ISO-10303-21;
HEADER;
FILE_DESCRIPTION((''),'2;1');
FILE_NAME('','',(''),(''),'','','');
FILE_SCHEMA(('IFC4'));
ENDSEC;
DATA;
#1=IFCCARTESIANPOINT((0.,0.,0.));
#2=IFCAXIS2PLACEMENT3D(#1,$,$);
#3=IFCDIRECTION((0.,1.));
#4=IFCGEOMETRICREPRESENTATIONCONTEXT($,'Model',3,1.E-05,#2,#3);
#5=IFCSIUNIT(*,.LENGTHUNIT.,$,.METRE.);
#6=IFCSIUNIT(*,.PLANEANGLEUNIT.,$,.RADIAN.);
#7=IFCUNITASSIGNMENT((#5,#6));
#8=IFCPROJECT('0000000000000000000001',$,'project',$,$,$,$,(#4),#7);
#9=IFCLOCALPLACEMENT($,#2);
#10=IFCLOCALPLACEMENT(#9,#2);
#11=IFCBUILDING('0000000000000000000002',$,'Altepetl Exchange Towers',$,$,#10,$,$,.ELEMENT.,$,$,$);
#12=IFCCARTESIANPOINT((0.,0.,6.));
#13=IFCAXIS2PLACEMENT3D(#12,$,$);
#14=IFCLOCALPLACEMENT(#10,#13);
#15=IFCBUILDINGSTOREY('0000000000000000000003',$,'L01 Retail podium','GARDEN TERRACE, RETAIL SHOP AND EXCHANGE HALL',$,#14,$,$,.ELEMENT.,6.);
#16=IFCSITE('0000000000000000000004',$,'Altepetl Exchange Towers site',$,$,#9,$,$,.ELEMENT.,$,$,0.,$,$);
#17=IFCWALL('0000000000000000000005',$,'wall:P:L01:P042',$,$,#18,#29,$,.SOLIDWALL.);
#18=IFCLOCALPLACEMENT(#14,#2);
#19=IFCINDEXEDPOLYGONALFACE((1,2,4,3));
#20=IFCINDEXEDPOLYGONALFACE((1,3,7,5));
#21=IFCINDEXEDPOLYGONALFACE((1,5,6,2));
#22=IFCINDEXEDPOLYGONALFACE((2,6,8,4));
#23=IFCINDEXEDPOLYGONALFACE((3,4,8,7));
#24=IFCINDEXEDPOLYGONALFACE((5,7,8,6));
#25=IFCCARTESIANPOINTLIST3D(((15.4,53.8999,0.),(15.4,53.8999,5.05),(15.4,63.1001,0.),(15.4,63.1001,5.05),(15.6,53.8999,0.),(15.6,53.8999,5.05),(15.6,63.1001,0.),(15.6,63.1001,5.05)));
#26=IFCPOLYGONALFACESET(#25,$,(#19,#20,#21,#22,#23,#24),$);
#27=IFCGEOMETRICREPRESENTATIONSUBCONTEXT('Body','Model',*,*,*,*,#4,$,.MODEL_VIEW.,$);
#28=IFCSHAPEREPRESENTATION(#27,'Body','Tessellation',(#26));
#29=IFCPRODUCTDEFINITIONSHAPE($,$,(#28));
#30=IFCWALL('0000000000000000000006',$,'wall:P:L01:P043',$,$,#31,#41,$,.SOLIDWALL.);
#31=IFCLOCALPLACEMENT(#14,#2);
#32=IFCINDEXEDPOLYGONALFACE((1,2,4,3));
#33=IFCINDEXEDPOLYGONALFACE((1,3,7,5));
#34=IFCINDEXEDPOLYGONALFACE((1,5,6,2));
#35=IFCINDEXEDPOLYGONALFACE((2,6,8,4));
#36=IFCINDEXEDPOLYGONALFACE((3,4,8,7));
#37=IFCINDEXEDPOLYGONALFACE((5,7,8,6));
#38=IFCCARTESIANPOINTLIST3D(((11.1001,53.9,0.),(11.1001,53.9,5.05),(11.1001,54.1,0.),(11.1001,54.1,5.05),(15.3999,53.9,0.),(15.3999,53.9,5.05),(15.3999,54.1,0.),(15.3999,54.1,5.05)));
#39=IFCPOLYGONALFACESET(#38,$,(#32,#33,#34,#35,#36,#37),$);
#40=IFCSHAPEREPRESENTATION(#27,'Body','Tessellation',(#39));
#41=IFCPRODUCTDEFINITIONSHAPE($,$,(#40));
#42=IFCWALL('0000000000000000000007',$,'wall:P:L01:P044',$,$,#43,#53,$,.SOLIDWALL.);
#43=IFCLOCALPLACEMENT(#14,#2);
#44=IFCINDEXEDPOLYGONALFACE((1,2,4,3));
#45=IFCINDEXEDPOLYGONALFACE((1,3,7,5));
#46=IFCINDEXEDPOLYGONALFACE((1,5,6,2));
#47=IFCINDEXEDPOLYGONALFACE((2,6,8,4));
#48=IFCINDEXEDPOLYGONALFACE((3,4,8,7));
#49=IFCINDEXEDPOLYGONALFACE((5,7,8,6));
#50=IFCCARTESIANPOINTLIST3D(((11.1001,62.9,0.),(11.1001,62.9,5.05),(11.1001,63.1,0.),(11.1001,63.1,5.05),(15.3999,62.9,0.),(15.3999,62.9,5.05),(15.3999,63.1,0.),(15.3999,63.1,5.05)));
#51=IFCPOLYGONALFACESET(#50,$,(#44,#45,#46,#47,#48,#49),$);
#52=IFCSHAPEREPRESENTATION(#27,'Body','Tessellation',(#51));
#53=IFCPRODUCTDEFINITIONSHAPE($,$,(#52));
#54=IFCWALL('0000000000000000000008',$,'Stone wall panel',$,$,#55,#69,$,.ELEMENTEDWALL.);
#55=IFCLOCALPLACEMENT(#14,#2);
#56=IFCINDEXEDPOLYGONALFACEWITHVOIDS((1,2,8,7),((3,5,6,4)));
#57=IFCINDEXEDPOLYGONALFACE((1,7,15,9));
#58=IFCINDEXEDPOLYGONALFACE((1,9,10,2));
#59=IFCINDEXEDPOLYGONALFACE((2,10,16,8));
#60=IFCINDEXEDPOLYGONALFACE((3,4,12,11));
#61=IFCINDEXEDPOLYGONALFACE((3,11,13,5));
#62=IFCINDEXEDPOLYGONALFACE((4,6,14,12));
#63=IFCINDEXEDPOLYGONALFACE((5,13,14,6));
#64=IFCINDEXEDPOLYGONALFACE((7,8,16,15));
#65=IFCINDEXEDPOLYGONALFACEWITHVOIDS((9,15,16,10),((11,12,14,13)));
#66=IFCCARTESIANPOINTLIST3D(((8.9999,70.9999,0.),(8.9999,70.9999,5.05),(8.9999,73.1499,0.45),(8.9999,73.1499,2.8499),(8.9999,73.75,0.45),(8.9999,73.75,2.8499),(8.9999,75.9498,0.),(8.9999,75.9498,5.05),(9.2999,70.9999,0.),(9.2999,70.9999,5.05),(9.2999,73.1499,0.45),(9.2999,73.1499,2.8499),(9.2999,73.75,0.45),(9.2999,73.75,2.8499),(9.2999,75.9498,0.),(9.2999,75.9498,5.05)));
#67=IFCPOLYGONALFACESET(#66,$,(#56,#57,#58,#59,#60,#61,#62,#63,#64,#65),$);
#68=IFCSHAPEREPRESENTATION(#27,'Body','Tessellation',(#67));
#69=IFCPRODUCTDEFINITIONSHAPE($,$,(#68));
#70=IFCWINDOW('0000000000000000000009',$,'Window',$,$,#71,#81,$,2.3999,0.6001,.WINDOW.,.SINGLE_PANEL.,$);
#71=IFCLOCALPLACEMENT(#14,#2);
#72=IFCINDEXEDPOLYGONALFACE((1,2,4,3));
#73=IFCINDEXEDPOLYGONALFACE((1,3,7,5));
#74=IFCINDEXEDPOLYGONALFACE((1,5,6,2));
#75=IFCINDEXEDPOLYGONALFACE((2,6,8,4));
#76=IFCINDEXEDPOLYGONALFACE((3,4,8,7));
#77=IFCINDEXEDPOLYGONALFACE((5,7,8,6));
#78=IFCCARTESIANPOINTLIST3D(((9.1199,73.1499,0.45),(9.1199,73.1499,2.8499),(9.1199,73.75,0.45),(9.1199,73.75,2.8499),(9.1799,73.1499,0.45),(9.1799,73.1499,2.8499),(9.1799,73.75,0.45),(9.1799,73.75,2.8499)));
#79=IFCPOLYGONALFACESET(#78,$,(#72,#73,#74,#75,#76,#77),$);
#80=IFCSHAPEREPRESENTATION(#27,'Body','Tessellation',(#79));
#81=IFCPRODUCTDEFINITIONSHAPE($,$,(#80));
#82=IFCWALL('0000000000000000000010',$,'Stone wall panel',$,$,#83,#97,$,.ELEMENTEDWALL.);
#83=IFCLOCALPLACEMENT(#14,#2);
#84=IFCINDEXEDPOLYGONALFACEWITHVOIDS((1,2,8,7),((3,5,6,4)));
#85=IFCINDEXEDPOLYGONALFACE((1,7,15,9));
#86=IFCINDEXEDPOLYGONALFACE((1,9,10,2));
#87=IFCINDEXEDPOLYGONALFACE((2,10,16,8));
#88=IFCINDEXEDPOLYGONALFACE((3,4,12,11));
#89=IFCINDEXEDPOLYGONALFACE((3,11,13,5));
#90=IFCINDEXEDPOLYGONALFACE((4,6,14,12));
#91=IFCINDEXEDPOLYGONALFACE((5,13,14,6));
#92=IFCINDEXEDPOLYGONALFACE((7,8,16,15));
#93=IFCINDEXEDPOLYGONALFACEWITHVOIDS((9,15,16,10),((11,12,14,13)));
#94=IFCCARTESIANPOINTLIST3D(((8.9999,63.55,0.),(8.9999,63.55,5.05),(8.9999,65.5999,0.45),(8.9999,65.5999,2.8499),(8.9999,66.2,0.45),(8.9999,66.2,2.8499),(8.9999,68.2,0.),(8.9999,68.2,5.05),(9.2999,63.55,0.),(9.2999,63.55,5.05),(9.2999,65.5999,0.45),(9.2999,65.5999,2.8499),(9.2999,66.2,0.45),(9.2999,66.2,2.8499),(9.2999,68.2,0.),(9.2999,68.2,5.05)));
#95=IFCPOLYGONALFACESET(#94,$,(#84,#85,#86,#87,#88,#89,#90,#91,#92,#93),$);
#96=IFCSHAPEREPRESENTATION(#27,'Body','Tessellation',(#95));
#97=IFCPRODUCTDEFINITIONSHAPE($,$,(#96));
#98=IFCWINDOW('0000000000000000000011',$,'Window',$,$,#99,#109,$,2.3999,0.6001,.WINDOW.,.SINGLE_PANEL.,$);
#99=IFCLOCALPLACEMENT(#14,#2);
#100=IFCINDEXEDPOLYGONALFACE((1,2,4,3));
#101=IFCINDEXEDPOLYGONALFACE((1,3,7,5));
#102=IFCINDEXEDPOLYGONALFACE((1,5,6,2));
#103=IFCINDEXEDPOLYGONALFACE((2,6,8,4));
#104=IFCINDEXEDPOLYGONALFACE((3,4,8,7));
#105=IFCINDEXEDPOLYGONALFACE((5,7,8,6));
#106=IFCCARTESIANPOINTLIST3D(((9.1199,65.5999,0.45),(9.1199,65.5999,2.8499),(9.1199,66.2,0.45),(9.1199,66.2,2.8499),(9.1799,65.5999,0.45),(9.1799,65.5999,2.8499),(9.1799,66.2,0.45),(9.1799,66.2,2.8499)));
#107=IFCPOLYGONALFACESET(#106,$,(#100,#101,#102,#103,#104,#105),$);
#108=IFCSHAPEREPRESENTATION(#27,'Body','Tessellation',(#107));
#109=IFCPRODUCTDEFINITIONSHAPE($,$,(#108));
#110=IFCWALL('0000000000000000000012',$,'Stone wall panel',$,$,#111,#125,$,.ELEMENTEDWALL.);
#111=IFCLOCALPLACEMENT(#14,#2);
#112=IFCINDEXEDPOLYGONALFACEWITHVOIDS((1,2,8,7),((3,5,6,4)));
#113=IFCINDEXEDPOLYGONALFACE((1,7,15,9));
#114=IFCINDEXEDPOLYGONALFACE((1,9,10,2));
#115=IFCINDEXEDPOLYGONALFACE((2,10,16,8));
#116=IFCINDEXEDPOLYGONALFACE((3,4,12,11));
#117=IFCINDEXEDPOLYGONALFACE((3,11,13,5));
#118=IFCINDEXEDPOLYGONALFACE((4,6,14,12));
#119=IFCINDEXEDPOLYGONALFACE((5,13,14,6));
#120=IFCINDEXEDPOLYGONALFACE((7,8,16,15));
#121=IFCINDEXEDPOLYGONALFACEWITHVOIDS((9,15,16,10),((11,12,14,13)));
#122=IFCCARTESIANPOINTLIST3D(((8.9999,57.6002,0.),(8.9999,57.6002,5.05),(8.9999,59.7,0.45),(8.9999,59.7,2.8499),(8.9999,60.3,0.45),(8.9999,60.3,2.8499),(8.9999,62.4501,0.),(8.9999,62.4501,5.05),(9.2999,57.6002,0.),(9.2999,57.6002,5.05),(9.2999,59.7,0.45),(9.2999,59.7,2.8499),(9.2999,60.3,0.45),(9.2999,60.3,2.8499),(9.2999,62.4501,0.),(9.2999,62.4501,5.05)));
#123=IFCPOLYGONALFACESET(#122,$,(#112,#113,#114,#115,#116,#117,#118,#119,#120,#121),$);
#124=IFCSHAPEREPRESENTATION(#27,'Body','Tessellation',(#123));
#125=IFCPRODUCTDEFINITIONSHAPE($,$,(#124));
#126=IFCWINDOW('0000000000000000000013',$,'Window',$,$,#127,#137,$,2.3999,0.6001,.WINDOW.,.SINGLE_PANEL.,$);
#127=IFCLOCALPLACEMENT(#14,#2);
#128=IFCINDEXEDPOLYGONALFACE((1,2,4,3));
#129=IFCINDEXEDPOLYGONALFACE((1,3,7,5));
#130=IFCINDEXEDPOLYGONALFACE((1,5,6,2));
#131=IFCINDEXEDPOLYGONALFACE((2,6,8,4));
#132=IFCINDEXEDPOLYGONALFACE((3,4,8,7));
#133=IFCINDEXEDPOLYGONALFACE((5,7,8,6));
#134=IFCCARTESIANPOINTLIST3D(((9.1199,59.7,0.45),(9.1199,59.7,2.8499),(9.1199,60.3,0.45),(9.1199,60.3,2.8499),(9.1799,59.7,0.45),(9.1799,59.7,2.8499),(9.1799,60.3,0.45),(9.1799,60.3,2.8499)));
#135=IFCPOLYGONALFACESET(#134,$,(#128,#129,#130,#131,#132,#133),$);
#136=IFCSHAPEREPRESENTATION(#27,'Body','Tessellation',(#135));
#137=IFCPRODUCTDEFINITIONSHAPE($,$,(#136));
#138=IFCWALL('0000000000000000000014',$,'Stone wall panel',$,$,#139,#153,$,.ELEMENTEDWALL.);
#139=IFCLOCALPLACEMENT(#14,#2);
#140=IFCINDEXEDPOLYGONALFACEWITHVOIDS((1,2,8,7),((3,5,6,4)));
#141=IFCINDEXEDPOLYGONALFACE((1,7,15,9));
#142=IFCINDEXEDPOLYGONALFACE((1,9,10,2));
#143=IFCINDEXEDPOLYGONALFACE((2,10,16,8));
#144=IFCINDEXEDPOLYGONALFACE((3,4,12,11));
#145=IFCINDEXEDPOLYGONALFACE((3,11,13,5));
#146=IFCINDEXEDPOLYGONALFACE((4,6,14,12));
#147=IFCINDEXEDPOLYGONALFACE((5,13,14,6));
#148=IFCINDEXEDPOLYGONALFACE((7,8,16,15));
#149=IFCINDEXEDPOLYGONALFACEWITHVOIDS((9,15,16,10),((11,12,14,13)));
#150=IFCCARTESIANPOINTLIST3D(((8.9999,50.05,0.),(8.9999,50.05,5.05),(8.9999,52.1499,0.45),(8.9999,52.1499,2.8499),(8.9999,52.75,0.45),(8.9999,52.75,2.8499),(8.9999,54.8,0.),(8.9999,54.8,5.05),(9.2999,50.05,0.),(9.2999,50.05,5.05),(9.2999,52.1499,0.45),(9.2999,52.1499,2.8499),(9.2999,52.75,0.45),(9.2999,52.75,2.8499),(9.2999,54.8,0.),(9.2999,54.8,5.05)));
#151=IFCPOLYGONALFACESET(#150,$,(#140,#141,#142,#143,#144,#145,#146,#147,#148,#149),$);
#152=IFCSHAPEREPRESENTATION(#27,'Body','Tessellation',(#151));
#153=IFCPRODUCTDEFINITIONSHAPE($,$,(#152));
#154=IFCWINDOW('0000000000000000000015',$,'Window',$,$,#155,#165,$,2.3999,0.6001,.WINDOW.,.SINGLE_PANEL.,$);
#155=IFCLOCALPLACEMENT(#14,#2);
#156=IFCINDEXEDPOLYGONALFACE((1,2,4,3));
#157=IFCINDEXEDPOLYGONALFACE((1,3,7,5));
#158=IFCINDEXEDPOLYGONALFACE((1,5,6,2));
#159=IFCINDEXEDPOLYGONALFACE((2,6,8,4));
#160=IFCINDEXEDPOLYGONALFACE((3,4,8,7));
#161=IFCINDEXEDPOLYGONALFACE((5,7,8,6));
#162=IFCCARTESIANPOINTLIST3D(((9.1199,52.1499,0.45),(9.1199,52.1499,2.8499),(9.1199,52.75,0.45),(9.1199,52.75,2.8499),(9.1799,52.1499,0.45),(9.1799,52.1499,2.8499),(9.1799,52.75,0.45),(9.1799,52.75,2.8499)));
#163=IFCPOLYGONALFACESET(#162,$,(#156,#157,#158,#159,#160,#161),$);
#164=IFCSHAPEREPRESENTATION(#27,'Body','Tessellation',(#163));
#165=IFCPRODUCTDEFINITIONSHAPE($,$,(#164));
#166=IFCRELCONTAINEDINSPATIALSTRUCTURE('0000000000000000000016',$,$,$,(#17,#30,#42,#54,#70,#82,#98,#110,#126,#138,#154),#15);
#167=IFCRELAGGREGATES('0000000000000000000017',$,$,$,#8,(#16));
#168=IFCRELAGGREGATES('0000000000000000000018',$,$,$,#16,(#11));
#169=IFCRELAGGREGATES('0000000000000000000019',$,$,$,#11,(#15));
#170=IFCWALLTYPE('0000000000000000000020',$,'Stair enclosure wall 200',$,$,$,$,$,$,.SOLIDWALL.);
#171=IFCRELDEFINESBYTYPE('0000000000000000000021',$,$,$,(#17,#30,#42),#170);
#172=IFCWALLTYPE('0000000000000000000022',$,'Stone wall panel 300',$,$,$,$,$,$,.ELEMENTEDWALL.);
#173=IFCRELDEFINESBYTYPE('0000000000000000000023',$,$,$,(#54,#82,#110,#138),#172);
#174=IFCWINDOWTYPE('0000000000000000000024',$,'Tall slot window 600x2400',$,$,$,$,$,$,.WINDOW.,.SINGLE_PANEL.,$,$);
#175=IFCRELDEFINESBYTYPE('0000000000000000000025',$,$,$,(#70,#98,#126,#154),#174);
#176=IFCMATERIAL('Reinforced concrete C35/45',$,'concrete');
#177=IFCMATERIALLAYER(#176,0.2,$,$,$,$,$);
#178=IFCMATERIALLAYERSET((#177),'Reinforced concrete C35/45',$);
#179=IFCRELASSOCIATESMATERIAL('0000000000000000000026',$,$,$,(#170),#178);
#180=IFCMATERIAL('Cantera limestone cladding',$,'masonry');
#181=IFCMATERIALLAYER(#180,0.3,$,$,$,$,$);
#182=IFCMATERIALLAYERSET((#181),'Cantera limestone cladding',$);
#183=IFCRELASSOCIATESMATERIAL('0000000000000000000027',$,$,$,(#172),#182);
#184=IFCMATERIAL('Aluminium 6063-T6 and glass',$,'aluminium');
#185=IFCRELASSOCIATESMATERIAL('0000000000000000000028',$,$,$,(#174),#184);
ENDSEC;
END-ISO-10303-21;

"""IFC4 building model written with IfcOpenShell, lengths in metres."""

from ifc_helpers import new_model, si_unit, direction, frame, frame_2d, origin, place, context, subcontext, project, spatial, rectangle, extrude, material, layer, layer_set, type_object, element, fill, save


model = new_model("IFC4")

# Units and contexts
model_context = context("Model", 3, precision=1e-05, world=origin(), true_north=direction((0.0, 1.0)))
body_context = subcontext(model_context, "Body", "Model", "MODEL_VIEW")
ifc_project = project(units=[si_unit("LENGTHUNIT", "METRE"), si_unit("PLANEANGLEUNIT", "RADIAN")], contexts=[model_context])

# Site, building, storey
site_placement = place(None, origin())
site = spatial("IfcSite", under=ifc_project, at=site_placement, Name="Altepetl Exchange Towers site", CompositionType="ELEMENT", RefElevation=0.0)
building_placement = place(site_placement, origin())
building = spatial("IfcBuilding", under=site, at=building_placement, Name="Altepetl Exchange Towers", CompositionType="ELEMENT")
storey_placement = place(building_placement, frame((0.0, 0.0, 6.0)))
storey = spatial("IfcBuildingStorey", under=building, at=storey_placement, Name="L01 Retail podium", Description="GARDEN TERRACE, RETAIL SHOP AND EXCHANGE HALL", CompositionType="ELEMENT", Elevation=6.0)

# Shared definitions
ifc_material_1 = material(Name="Aluminium 6063-T6 and glass", Category="aluminium")

# Shared definitions
ifc_material_2 = material(Name="Reinforced concrete C35/45", Category="concrete")

# Shared definitions
ifc_layer_1 = layer(ifc_material_2, 0.2)
ifc_layer_set_1 = layer_set([ifc_layer_1], Name="Reinforced concrete C35/45")
wall_type_1 = type_object("IfcWallType", Name="Stair enclosure wall 200", PredefinedType="SOLIDWALL", material=ifc_layer_set_1)

# Walls
wall_1_placement = place(storey_placement, frame((15.5, 53.8999, 0.0), z_axis=(0.0, 0.0, 1.0), x_axis=(0.0, 1.0, 0.0)))
element("IfcWall", 1, at=wall_1_placement, inside=storey, type_object=wall_type_1, Name="wall:P:L01:P042", PredefinedType="SOLIDWALL", context=body_context, shape_type="SweptSolid", body=[
    extrude(rectangle(XDim=9.2002, YDim=0.2, at=frame_2d((4.6001, 0.0))), origin(), (0.0, 0.0, 1.0), 5.05),
])
for number, where, name in (
    (2, (11.1001, 54.0, 0.0), "wall:P:L01:P043"),
    (3, (11.1001, 63.0, 0.0), "wall:P:L01:P044"),
):
    element("IfcWall", number, at=place(storey_placement, frame(where)), inside=storey, type_object=wall_type_1, Name=name, PredefinedType="SOLIDWALL", context=body_context, shape_type="SweptSolid", body=[
        extrude(rectangle(XDim=4.2998, YDim=0.2, at=frame_2d((2.1499, 0.0))), origin(), (0.0, 0.0, 1.0), 5.05),
    ])

# Walls, openings, windows
ifc_material_3 = material(Name="Cantera limestone cladding", Category="masonry")
ifc_layer_2 = layer(ifc_material_3, 0.3)
ifc_layer_set_2 = layer_set([ifc_layer_2], Name="Cantera limestone cladding")
wall_type_2 = type_object("IfcWallType", Name="Stone wall panel 300", PredefinedType="ELEMENTEDWALL", material=ifc_layer_set_2)
wall_2_placement = place(storey_placement, frame((9.1499, 75.95, 0.0), z_axis=(0.0, 0.0, 1.0), x_axis=(0.0, -1.0, 0.0)))
wall_2 = element("IfcWall", 4, at=wall_2_placement, inside=storey, type_object=wall_type_2, Name="Stone wall panel", PredefinedType="ELEMENTEDWALL", context=body_context, shape_type="SweptSolid", body=[
    extrude(rectangle(XDim=4.95, YDim=0.3, at=frame_2d((2.4751, 0.0))), origin(), (0.0, 0.0, 1.0), 5.05),
])
opening_1_placement = place(wall_2_placement, frame((2.2, 0.0, 0.45)))
opening_1 = element("IfcOpeningElement", 5, at=opening_1_placement, cuts=wall_2, PredefinedType="OPENING", context=body_context, shape_type="SweptSolid", body=[
    extrude(rectangle(XDim=0.6001, YDim=2.3999, at=frame_2d((0.3, 1.2))), frame((0.0, 0.1602, 0.0), z_axis=(0.0, -1.0, 0.0), x_axis=(1.0, 0.0, 0.0)), (0.0, 0.0, 1.0), 0.3201),
])
window_type = type_object("IfcWindowType", Name="Tall slot window 600x2400", PartitioningType="SINGLE_PANEL", PredefinedType="WINDOW", material=ifc_material_1)
window_1_placement = place(opening_1_placement, origin())
window_1 = element("IfcWindow", 6, at=window_1_placement, inside=storey, type_object=window_type, Name="Window", OverallHeight=2.3999, OverallWidth=0.6001, PartitioningType="SINGLE_PANEL", PredefinedType="WINDOW", context=body_context, shape_type="SweptSolid", body=[
    extrude(rectangle(XDim=0.6001, YDim=2.3999, at=frame_2d((0.3, 1.2))), frame((0.0, 0.03, 0.0), z_axis=(0.0, -1.0, 0.0), x_axis=(1.0, 0.0, 0.0)), (0.0, 0.0, 1.0), 0.0601),
])
fill(opening_1, window_1)
wall_3_placement = place(storey_placement, frame((9.1499, 68.2, 0.0), z_axis=(0.0, 0.0, 1.0), x_axis=(0.0, -1.0, 0.0)))
wall_3 = element("IfcWall", 7, at=wall_3_placement, inside=storey, type_object=wall_type_2, Name="Stone wall panel", PredefinedType="ELEMENTEDWALL", context=body_context, shape_type="SweptSolid", body=[
    extrude(rectangle(XDim=4.6499, YDim=0.3, at=frame_2d((2.325, 0.0))), origin(), (0.0, 0.0, 1.0), 5.05),
])
opening_2_placement = place(wall_3_placement, frame((2.0, 0.0, 0.45)))
opening_2 = element("IfcOpeningElement", 8, at=opening_2_placement, cuts=wall_3, PredefinedType="OPENING", context=body_context, shape_type="SweptSolid", body=[
    extrude(rectangle(XDim=0.6001, YDim=2.3999, at=frame_2d((0.3, 1.2))), frame((0.0, 0.1602, 0.0), z_axis=(0.0, -1.0, 0.0), x_axis=(1.0, 0.0, 0.0)), (0.0, 0.0, 1.0), 0.3201),
])
window_2_placement = place(opening_2_placement, origin())
window_2 = element("IfcWindow", 9, at=window_2_placement, inside=storey, type_object=window_type, Name="Window", OverallHeight=2.3999, OverallWidth=0.6001, PartitioningType="SINGLE_PANEL", PredefinedType="WINDOW", context=body_context, shape_type="SweptSolid", body=[
    extrude(rectangle(XDim=0.6001, YDim=2.3999, at=frame_2d((0.3, 1.2))), frame((0.0, 0.03, 0.0), z_axis=(0.0, -1.0, 0.0), x_axis=(1.0, 0.0, 0.0)), (0.0, 0.0, 1.0), 0.0601),
])
fill(opening_2, window_2)
wall_4_placement = place(storey_placement, frame((9.1499, 62.45, 0.0), z_axis=(0.0, 0.0, 1.0), x_axis=(0.0, -1.0, 0.0)))
wall_4 = element("IfcWall", 10, at=wall_4_placement, inside=storey, type_object=wall_type_2, Name="Stone wall panel", PredefinedType="ELEMENTEDWALL", context=body_context, shape_type="SweptSolid", body=[
    extrude(rectangle(XDim=4.8499, YDim=0.3, at=frame_2d((2.4248, 0.0))), origin(), (0.0, 0.0, 1.0), 5.05),
])
opening_3_placement = place(wall_4_placement, frame((2.1499, 0.0, 0.45)))
opening_3 = element("IfcOpeningElement", 11, at=opening_3_placement, cuts=wall_4, PredefinedType="OPENING", context=body_context, shape_type="SweptSolid", body=[
    extrude(rectangle(XDim=0.6001, YDim=2.3999, at=frame_2d((0.3, 1.2))), frame((0.0, 0.1602, 0.0), z_axis=(0.0, -1.0, 0.0), x_axis=(1.0, 0.0, 0.0)), (0.0, 0.0, 1.0), 0.3201),
])
window_3_placement = place(opening_3_placement, origin())
window_3 = element("IfcWindow", 12, at=window_3_placement, inside=storey, type_object=window_type, Name="Window", OverallHeight=2.3999, OverallWidth=0.6001, PartitioningType="SINGLE_PANEL", PredefinedType="WINDOW", context=body_context, shape_type="SweptSolid", body=[
    extrude(rectangle(XDim=0.6001, YDim=2.3999, at=frame_2d((0.3, 1.2))), frame((0.0, 0.03, 0.0), z_axis=(0.0, -1.0, 0.0), x_axis=(1.0, 0.0, 0.0)), (0.0, 0.0, 1.0), 0.0601),
])
fill(opening_3, window_3)
wall_5_placement = place(storey_placement, frame((9.1499, 54.8, 0.0), z_axis=(0.0, 0.0, 1.0), x_axis=(0.0, -1.0, 0.0)))
wall_5 = element("IfcWall", 13, at=wall_5_placement, inside=storey, type_object=wall_type_2, Name="Stone wall panel", PredefinedType="ELEMENTEDWALL", context=body_context, shape_type="SweptSolid", body=[
    extrude(rectangle(XDim=4.75, YDim=0.3, at=frame_2d((2.375, 0.0))), origin(), (0.0, 0.0, 1.0), 5.05),
])
opening_4_placement = place(wall_5_placement, frame((2.05, 0.0, 0.45)))
opening_4 = element("IfcOpeningElement", 14, at=opening_4_placement, cuts=wall_5, PredefinedType="OPENING", context=body_context, shape_type="SweptSolid", body=[
    extrude(rectangle(XDim=0.6001, YDim=2.3999, at=frame_2d((0.3, 1.2))), frame((0.0, 0.1602, 0.0), z_axis=(0.0, -1.0, 0.0), x_axis=(1.0, 0.0, 0.0)), (0.0, 0.0, 1.0), 0.3201),
])
window_4_placement = place(opening_4_placement, origin())
window_4 = element("IfcWindow", 15, at=window_4_placement, inside=storey, type_object=window_type, Name="Window", OverallHeight=2.3999, OverallWidth=0.6001, PartitioningType="SINGLE_PANEL", PredefinedType="WINDOW", context=body_context, shape_type="SweptSolid", body=[
    extrude(rectangle(XDim=0.6001, YDim=2.3999, at=frame_2d((0.3, 1.2))), frame((0.0, 0.03, 0.0), z_axis=(0.0, -1.0, 0.0), x_axis=(1.0, 0.0, 0.0)), (0.0, 0.0, 1.0), 0.0601),
])
fill(opening_4, window_4)

save(model, "model.ifc")
